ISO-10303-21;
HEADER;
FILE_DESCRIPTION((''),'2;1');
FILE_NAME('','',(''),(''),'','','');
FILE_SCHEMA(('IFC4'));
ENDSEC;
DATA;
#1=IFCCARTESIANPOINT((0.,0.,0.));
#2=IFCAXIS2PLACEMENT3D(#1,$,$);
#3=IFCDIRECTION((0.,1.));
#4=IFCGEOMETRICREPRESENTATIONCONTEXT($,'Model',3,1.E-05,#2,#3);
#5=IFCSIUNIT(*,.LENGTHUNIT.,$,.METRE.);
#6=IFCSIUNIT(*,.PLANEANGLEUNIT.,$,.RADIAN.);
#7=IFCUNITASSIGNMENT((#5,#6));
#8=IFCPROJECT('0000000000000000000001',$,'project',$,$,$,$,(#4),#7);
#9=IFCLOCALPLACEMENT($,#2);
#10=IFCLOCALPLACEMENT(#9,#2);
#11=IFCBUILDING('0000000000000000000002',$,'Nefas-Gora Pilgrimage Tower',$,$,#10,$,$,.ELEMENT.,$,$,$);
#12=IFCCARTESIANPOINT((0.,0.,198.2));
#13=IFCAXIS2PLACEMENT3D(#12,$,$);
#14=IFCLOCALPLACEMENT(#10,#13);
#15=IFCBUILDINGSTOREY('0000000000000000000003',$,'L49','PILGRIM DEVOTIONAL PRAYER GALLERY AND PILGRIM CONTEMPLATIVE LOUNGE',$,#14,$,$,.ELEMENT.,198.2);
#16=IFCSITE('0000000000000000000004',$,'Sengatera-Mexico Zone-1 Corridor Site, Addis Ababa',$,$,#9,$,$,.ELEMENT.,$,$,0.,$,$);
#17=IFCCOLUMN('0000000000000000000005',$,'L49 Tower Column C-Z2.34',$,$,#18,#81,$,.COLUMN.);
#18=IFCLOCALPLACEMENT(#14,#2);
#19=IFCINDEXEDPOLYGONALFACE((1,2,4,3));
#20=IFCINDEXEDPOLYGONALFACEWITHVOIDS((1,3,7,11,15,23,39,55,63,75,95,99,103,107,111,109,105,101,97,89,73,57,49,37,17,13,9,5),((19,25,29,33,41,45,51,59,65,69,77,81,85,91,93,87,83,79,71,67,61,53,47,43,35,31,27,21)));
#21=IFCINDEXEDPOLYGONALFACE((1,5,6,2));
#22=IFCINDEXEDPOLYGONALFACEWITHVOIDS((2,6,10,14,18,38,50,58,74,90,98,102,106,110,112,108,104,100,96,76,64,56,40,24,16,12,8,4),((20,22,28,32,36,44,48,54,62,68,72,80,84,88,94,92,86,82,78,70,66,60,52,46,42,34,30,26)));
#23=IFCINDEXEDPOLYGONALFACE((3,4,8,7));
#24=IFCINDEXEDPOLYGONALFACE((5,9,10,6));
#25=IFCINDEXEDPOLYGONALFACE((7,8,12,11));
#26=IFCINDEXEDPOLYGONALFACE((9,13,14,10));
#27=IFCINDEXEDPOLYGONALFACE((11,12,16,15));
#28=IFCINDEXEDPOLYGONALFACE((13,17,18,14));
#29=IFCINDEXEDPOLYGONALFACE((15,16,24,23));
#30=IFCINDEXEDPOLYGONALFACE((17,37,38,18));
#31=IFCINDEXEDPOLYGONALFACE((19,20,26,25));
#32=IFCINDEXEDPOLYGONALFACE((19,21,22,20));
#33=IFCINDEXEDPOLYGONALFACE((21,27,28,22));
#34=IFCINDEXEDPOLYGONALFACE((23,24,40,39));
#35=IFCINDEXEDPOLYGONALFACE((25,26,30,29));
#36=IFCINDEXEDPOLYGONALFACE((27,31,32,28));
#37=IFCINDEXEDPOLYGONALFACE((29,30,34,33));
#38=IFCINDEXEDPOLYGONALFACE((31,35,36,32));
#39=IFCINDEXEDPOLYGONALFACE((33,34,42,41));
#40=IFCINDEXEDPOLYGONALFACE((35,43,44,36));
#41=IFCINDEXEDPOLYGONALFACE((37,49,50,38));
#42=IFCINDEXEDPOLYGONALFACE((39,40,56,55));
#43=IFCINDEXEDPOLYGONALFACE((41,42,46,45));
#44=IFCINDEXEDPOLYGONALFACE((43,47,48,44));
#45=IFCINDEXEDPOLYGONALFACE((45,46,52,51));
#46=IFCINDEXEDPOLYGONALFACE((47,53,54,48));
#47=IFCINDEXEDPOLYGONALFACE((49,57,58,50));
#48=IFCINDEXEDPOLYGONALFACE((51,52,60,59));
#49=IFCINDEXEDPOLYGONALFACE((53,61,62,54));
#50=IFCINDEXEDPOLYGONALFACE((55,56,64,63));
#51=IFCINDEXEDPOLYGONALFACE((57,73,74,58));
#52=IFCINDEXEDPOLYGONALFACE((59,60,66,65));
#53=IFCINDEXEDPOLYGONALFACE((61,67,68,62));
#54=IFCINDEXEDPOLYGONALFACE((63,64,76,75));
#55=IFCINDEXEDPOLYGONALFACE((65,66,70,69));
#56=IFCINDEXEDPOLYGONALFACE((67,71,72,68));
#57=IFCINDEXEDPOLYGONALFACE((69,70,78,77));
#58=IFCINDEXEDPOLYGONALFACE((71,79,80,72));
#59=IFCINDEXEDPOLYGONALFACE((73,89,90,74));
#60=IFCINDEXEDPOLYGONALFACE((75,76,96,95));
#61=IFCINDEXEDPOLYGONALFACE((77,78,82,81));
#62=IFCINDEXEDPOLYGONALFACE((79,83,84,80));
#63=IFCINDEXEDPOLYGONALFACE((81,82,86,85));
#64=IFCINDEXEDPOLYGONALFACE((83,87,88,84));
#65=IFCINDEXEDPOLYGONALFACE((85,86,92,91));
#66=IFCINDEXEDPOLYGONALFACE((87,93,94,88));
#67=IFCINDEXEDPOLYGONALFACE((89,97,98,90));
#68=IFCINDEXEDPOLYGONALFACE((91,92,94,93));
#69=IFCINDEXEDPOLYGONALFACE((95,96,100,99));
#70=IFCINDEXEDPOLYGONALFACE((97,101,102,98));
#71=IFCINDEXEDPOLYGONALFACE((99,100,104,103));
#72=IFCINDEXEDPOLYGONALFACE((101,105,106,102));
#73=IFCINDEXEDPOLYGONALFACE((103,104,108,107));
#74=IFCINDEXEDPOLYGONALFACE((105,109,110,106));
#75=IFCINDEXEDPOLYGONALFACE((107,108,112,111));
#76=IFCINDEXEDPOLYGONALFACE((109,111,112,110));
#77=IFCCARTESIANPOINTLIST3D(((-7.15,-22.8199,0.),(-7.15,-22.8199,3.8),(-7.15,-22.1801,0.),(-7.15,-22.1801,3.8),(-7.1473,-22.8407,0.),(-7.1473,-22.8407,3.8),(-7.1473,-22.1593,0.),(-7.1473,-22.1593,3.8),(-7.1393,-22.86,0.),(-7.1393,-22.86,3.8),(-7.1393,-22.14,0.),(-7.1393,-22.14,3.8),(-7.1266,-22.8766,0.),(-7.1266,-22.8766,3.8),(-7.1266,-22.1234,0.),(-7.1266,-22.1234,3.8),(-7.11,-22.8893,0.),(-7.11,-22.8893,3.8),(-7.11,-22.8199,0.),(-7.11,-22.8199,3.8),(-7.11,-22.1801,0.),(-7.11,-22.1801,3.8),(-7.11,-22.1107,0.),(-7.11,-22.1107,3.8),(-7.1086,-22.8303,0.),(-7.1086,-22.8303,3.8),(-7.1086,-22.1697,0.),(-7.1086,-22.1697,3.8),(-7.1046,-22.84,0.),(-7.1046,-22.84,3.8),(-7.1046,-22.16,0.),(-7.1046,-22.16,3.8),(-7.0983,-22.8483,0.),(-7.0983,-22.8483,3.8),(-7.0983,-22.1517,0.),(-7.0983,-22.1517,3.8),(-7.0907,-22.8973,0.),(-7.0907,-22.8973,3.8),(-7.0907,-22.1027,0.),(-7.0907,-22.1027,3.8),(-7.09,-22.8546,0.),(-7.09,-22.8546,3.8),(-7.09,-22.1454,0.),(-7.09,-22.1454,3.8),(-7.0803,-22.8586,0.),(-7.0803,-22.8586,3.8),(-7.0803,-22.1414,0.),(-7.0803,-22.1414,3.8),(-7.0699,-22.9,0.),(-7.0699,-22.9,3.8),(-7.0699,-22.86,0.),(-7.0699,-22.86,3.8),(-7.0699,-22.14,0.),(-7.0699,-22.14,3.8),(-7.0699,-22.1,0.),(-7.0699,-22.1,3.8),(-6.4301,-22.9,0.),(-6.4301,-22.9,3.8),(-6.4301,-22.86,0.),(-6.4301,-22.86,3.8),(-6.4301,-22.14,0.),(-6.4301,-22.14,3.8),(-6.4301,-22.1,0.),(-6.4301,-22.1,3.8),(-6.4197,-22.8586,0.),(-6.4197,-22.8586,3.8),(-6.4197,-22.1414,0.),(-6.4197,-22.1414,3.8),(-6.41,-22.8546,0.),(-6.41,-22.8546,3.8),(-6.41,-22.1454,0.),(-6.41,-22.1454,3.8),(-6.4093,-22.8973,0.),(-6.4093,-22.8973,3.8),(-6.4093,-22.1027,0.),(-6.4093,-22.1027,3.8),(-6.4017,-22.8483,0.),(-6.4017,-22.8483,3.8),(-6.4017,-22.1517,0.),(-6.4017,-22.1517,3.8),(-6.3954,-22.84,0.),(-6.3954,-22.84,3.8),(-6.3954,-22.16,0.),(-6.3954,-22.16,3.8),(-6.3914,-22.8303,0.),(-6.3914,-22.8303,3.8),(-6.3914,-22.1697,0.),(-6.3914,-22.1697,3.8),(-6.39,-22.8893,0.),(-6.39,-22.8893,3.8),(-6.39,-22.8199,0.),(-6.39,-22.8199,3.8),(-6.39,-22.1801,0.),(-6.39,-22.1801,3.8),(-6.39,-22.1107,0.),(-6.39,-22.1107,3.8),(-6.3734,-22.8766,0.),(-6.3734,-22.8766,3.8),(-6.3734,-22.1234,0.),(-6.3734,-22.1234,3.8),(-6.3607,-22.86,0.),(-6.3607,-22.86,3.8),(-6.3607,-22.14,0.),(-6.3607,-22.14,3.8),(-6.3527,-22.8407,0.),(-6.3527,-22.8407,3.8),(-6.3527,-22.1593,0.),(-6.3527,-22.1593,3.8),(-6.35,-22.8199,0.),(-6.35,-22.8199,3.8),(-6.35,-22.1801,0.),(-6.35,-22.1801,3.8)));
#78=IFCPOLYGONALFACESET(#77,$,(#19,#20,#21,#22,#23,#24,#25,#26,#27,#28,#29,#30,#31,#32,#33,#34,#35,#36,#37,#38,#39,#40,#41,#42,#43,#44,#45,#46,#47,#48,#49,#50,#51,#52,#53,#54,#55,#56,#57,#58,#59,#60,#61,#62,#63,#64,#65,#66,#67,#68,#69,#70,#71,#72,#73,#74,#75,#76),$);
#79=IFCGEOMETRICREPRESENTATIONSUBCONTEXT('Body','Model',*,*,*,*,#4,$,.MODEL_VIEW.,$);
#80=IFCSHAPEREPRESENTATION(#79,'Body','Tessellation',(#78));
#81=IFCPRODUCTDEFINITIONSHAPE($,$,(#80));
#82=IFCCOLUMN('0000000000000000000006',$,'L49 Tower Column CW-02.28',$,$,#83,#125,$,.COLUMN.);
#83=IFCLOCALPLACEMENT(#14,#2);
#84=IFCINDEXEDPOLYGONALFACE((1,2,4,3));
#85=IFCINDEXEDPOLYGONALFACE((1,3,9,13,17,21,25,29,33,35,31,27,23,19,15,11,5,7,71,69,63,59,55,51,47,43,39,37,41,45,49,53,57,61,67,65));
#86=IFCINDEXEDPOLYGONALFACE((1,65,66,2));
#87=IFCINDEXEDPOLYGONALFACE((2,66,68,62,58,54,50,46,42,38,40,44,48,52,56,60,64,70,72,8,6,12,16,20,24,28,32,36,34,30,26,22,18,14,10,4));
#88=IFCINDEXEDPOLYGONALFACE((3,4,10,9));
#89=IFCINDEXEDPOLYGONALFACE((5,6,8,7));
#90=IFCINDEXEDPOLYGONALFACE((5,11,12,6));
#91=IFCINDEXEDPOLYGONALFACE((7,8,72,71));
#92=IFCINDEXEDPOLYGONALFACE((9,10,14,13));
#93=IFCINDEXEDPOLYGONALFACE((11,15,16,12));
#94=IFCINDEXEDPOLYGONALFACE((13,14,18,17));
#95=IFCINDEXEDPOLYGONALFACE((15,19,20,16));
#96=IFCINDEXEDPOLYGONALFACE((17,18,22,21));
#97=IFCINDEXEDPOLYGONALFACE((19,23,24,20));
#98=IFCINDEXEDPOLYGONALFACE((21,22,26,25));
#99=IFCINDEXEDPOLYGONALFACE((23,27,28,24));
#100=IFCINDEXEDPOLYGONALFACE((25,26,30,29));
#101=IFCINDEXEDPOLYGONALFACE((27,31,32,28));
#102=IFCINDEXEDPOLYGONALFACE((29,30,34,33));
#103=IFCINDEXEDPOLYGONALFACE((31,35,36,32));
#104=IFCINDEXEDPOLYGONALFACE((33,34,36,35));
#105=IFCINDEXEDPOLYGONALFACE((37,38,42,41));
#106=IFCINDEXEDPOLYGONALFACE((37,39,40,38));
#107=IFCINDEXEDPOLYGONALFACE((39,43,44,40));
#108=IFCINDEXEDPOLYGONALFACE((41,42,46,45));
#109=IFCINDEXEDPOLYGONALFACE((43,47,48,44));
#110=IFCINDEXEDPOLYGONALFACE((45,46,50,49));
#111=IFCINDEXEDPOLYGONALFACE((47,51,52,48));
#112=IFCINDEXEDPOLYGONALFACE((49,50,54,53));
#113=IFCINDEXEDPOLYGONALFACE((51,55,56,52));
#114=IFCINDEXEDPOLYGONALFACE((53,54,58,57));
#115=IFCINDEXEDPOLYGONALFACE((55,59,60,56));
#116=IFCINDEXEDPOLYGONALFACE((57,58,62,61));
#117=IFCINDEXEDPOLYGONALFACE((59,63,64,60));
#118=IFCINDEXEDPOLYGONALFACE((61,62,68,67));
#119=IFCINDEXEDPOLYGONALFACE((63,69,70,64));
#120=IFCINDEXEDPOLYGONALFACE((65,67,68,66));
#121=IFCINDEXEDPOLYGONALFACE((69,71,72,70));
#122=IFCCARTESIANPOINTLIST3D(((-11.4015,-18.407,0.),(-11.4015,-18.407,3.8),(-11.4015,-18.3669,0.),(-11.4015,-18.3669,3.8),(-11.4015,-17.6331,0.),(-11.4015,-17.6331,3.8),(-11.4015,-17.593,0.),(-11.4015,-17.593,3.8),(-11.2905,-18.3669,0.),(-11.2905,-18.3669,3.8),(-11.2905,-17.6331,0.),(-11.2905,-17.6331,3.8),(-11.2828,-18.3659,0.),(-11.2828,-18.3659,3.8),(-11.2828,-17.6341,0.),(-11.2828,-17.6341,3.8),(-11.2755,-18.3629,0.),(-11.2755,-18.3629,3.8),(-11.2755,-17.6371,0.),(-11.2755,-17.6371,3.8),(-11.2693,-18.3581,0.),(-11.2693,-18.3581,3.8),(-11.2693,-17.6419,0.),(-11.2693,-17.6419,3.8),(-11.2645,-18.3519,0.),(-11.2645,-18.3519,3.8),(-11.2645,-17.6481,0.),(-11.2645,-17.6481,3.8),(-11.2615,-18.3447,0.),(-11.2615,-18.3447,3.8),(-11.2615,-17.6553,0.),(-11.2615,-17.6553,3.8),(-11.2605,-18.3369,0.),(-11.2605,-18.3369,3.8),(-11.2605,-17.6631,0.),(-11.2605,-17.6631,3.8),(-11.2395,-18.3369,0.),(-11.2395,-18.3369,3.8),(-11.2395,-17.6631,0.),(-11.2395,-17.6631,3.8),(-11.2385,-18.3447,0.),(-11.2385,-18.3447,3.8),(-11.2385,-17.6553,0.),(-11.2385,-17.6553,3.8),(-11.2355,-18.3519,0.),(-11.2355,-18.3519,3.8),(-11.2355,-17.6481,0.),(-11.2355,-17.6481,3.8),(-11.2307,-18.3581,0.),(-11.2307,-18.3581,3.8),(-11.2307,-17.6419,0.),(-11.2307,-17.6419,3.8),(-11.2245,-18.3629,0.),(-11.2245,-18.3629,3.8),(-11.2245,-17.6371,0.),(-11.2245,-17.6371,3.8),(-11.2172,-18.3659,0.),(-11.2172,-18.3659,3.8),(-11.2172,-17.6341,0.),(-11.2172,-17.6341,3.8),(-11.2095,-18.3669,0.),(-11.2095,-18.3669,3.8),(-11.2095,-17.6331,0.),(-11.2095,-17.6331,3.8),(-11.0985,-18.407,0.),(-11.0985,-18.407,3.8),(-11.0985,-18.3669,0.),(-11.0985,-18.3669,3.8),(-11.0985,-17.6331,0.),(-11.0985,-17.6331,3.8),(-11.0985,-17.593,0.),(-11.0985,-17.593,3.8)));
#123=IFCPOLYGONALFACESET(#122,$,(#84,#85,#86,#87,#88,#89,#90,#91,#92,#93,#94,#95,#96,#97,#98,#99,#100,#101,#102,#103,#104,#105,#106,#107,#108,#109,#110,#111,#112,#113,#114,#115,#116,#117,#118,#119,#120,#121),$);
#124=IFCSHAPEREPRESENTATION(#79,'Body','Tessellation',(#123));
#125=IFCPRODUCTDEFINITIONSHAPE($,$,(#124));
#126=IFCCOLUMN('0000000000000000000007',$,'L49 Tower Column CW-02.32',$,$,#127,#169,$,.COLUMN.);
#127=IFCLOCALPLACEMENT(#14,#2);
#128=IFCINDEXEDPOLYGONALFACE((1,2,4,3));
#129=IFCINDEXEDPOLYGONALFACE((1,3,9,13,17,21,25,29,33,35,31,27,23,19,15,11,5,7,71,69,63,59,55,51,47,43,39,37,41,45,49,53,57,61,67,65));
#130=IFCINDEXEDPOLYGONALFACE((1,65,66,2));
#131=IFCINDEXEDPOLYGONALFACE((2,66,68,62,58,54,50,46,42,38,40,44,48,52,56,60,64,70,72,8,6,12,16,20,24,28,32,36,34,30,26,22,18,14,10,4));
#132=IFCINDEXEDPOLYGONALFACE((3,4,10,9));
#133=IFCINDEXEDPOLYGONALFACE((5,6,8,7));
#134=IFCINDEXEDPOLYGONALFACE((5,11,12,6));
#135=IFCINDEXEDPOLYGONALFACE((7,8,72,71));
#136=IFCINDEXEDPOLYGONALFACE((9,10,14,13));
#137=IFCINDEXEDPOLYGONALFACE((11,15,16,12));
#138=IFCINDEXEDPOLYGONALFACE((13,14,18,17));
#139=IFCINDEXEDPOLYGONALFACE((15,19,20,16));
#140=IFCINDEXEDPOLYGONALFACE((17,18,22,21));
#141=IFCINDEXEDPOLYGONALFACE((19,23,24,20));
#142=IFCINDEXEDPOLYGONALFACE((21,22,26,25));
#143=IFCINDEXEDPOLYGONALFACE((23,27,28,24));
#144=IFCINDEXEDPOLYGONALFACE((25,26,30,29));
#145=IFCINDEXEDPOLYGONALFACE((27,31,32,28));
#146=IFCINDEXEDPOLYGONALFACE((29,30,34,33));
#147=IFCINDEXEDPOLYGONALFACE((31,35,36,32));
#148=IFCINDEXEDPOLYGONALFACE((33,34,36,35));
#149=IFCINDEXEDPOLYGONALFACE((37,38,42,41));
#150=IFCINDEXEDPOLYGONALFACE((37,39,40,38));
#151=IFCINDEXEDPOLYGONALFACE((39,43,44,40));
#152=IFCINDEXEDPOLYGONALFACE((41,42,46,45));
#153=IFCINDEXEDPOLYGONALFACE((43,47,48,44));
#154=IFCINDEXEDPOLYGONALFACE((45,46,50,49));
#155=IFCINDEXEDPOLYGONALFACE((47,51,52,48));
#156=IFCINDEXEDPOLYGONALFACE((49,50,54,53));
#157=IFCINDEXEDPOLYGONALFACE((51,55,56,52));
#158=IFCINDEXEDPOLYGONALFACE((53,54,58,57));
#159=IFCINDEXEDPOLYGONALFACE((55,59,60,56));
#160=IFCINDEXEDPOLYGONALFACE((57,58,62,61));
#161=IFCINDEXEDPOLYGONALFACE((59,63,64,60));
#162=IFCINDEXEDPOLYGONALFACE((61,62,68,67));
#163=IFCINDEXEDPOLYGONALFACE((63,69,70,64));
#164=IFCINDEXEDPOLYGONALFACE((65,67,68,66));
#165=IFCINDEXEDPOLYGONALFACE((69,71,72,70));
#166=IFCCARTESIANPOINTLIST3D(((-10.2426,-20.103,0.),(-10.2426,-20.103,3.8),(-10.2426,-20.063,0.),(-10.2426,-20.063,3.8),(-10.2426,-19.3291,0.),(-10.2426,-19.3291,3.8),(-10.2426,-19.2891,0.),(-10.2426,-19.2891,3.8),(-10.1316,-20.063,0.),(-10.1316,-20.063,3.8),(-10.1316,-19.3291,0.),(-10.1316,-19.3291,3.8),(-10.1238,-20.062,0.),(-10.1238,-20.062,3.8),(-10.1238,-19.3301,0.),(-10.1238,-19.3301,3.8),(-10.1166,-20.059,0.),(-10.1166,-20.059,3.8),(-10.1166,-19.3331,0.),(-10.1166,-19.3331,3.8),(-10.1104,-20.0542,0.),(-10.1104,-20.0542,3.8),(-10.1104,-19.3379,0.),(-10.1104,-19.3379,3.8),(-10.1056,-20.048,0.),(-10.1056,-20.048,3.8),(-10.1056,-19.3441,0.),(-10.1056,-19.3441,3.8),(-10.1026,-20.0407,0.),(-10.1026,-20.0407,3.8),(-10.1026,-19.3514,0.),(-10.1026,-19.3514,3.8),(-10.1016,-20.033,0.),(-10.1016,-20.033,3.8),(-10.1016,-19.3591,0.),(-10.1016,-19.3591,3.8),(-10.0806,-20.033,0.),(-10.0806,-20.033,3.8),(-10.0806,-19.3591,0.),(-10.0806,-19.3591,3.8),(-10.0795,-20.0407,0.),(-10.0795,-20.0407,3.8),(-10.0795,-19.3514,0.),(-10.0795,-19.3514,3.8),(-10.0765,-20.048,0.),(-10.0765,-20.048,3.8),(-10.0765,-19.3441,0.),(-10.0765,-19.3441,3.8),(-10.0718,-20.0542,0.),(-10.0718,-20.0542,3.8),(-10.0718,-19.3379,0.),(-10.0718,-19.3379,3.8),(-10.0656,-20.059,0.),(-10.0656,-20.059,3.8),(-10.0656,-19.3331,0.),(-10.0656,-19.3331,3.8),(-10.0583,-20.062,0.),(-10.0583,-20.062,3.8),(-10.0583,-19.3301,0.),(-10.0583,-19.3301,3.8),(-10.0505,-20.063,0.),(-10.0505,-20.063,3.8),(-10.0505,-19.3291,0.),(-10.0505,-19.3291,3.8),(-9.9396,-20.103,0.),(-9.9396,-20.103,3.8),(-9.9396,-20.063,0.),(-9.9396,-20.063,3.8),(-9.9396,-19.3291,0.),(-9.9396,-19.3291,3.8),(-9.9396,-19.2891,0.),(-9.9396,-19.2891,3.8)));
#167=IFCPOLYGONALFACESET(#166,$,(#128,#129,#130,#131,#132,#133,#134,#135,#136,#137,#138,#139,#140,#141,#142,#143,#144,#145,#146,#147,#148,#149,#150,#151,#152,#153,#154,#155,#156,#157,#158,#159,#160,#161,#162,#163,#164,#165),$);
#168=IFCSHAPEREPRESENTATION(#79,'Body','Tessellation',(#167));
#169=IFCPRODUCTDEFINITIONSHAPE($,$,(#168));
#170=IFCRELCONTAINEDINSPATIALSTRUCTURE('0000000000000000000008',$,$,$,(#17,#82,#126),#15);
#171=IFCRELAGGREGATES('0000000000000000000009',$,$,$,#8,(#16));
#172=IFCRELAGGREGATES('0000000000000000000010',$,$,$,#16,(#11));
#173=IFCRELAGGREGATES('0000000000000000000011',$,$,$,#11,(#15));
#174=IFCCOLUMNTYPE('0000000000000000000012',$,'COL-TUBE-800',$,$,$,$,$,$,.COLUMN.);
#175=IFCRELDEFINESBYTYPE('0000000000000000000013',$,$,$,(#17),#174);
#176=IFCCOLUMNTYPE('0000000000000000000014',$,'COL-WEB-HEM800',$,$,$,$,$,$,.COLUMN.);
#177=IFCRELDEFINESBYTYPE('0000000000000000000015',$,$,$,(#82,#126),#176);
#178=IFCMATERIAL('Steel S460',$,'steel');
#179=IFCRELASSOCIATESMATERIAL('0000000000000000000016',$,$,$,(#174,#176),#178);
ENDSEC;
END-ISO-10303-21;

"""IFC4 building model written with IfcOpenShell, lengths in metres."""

from ifc_helpers import new_model, si_unit, direction, frame, origin, origin_2d, place, context, subcontext, project, spatial, hollow_rectangle, i_section, extrude, source, transform, mapped, material, material_profile, profile_set, type_object, element, save


model = new_model("IFC4")

# Units and contexts
model_context = context("Model", 3, precision=1e-05, world=origin(), true_north=direction((0.0, 1.0)))
body_context = subcontext(model_context, "Body", "Model", "MODEL_VIEW")
ifc_project = project(units=[si_unit("LENGTHUNIT", "METRE"), si_unit("PLANEANGLEUNIT", "RADIAN")], contexts=[model_context])

# Site, building, storey
site_placement = place(None, origin())
site = spatial("IfcSite", under=ifc_project, at=site_placement, Name="Sengatera-Mexico Zone-1 Corridor Site, Addis Ababa", CompositionType="ELEMENT", RefElevation=0.0)
building_placement = place(site_placement, origin())
building = spatial("IfcBuilding", under=site, at=building_placement, Name="Nefas-Gora Pilgrimage Tower", CompositionType="ELEMENT")
storey_placement = place(building_placement, frame((0.0, 0.0, 198.2)))
storey = spatial("IfcBuildingStorey", under=building, at=storey_placement, Name="L49", Description="PILGRIM DEVOTIONAL PRAYER GALLERY AND PILGRIM CONTEMPLATIVE LOUNGE", CompositionType="ELEMENT", Elevation=198.2)

# Columns
ifc_material_1 = material(Name="Steel S460", Category="steel")
ifc_material_profile_1 = material_profile(ifc_material_1, hollow_rectangle(XDim=0.8, YDim=0.8, WallThickness=0.04, InnerFilletRadius=0.04, OuterFilletRadius=0.0801, at=origin_2d()), Name="BOX 800x800x40")
ifc_profile_set_1 = profile_set([ifc_material_profile_1], Name="Steel S460")
column_type_1 = type_object("IfcColumnType", Name="COL-TUBE-800", PredefinedType="COLUMN", material=ifc_profile_set_1)
shared_shape_1 = source(origin(), body_context, "Body", "SweptSolid", [
    extrude(hollow_rectangle(XDim=0.8, YDim=0.8, WallThickness=0.04, InnerFilletRadius=0.04, OuterFilletRadius=0.0801, at=origin_2d()), origin(), (0.0, 0.0, 1.0), 3.8),
])
column_placement = place(storey_placement, frame((-6.75, -22.5, 0.0), z_axis=(0.0, 0.0, 1.0), x_axis=(1.0, 0.0, 0.0)))
element("IfcColumn", 1, at=column_placement, inside=storey, type_object=column_type_1, Name="L49 Tower Column C-Z2.34", PredefinedType="COLUMN", context=body_context, shape_type="MappedRepresentation", body=[
    mapped(shared_shape_1, transform((0.0, 0.0, 0.0), x_axis=(1.0, 0.0, 0.0), y_axis=(0.0, 1.0, 0.0), z_axis=(0.0, 0.0, 1.0), scale=1.0)),
])
ifc_material_profile_2 = material_profile(ifc_material_1, i_section(OverallWidth=0.303, OverallDepth=0.814, WebThickness=0.021, FlangeThickness=0.04, FilletRadius=0.03, at=origin_2d()), Name="HEM 800")
ifc_profile_set_2 = profile_set([ifc_material_profile_2], Name="Steel S460")
column_type_2 = type_object("IfcColumnType", Name="COL-WEB-HEM800", PredefinedType="COLUMN", material=ifc_profile_set_2)
shared_shape_2 = source(origin(), body_context, "Body", "SweptSolid", [
    extrude(i_section(OverallWidth=0.303, OverallDepth=0.814, WebThickness=0.021, FlangeThickness=0.04, FilletRadius=0.03, at=origin_2d()), origin(), (0.0, 0.0, 1.0), 3.8),
])
for number, where, z_axis, x_axis, name in (
    (2, (-11.25, -18.0, 0.0), (0.0, 0.0, 1.0), (1.0, 0.0, 0.0), "L49 Tower Column CW-02.28"),
    (3, (-10.0911, -19.696, 0.0), (0.0, 0.0, 1.0), (1.0, 0.0, 0.0), "L49 Tower Column CW-02.32"),
):
    element("IfcColumn", number, at=place(storey_placement, frame(where, z_axis=z_axis, x_axis=x_axis)), inside=storey, type_object=column_type_2, Name=name, PredefinedType="COLUMN", context=body_context, shape_type="MappedRepresentation", body=[
        mapped(shared_shape_2, transform((0.0, 0.0, 0.0), x_axis=(1.0, 0.0, 0.0), y_axis=(0.0, 1.0, 0.0), z_axis=(0.0, 0.0, 1.0), scale=1.0)),
    ])

save(model, "model.ifc")
